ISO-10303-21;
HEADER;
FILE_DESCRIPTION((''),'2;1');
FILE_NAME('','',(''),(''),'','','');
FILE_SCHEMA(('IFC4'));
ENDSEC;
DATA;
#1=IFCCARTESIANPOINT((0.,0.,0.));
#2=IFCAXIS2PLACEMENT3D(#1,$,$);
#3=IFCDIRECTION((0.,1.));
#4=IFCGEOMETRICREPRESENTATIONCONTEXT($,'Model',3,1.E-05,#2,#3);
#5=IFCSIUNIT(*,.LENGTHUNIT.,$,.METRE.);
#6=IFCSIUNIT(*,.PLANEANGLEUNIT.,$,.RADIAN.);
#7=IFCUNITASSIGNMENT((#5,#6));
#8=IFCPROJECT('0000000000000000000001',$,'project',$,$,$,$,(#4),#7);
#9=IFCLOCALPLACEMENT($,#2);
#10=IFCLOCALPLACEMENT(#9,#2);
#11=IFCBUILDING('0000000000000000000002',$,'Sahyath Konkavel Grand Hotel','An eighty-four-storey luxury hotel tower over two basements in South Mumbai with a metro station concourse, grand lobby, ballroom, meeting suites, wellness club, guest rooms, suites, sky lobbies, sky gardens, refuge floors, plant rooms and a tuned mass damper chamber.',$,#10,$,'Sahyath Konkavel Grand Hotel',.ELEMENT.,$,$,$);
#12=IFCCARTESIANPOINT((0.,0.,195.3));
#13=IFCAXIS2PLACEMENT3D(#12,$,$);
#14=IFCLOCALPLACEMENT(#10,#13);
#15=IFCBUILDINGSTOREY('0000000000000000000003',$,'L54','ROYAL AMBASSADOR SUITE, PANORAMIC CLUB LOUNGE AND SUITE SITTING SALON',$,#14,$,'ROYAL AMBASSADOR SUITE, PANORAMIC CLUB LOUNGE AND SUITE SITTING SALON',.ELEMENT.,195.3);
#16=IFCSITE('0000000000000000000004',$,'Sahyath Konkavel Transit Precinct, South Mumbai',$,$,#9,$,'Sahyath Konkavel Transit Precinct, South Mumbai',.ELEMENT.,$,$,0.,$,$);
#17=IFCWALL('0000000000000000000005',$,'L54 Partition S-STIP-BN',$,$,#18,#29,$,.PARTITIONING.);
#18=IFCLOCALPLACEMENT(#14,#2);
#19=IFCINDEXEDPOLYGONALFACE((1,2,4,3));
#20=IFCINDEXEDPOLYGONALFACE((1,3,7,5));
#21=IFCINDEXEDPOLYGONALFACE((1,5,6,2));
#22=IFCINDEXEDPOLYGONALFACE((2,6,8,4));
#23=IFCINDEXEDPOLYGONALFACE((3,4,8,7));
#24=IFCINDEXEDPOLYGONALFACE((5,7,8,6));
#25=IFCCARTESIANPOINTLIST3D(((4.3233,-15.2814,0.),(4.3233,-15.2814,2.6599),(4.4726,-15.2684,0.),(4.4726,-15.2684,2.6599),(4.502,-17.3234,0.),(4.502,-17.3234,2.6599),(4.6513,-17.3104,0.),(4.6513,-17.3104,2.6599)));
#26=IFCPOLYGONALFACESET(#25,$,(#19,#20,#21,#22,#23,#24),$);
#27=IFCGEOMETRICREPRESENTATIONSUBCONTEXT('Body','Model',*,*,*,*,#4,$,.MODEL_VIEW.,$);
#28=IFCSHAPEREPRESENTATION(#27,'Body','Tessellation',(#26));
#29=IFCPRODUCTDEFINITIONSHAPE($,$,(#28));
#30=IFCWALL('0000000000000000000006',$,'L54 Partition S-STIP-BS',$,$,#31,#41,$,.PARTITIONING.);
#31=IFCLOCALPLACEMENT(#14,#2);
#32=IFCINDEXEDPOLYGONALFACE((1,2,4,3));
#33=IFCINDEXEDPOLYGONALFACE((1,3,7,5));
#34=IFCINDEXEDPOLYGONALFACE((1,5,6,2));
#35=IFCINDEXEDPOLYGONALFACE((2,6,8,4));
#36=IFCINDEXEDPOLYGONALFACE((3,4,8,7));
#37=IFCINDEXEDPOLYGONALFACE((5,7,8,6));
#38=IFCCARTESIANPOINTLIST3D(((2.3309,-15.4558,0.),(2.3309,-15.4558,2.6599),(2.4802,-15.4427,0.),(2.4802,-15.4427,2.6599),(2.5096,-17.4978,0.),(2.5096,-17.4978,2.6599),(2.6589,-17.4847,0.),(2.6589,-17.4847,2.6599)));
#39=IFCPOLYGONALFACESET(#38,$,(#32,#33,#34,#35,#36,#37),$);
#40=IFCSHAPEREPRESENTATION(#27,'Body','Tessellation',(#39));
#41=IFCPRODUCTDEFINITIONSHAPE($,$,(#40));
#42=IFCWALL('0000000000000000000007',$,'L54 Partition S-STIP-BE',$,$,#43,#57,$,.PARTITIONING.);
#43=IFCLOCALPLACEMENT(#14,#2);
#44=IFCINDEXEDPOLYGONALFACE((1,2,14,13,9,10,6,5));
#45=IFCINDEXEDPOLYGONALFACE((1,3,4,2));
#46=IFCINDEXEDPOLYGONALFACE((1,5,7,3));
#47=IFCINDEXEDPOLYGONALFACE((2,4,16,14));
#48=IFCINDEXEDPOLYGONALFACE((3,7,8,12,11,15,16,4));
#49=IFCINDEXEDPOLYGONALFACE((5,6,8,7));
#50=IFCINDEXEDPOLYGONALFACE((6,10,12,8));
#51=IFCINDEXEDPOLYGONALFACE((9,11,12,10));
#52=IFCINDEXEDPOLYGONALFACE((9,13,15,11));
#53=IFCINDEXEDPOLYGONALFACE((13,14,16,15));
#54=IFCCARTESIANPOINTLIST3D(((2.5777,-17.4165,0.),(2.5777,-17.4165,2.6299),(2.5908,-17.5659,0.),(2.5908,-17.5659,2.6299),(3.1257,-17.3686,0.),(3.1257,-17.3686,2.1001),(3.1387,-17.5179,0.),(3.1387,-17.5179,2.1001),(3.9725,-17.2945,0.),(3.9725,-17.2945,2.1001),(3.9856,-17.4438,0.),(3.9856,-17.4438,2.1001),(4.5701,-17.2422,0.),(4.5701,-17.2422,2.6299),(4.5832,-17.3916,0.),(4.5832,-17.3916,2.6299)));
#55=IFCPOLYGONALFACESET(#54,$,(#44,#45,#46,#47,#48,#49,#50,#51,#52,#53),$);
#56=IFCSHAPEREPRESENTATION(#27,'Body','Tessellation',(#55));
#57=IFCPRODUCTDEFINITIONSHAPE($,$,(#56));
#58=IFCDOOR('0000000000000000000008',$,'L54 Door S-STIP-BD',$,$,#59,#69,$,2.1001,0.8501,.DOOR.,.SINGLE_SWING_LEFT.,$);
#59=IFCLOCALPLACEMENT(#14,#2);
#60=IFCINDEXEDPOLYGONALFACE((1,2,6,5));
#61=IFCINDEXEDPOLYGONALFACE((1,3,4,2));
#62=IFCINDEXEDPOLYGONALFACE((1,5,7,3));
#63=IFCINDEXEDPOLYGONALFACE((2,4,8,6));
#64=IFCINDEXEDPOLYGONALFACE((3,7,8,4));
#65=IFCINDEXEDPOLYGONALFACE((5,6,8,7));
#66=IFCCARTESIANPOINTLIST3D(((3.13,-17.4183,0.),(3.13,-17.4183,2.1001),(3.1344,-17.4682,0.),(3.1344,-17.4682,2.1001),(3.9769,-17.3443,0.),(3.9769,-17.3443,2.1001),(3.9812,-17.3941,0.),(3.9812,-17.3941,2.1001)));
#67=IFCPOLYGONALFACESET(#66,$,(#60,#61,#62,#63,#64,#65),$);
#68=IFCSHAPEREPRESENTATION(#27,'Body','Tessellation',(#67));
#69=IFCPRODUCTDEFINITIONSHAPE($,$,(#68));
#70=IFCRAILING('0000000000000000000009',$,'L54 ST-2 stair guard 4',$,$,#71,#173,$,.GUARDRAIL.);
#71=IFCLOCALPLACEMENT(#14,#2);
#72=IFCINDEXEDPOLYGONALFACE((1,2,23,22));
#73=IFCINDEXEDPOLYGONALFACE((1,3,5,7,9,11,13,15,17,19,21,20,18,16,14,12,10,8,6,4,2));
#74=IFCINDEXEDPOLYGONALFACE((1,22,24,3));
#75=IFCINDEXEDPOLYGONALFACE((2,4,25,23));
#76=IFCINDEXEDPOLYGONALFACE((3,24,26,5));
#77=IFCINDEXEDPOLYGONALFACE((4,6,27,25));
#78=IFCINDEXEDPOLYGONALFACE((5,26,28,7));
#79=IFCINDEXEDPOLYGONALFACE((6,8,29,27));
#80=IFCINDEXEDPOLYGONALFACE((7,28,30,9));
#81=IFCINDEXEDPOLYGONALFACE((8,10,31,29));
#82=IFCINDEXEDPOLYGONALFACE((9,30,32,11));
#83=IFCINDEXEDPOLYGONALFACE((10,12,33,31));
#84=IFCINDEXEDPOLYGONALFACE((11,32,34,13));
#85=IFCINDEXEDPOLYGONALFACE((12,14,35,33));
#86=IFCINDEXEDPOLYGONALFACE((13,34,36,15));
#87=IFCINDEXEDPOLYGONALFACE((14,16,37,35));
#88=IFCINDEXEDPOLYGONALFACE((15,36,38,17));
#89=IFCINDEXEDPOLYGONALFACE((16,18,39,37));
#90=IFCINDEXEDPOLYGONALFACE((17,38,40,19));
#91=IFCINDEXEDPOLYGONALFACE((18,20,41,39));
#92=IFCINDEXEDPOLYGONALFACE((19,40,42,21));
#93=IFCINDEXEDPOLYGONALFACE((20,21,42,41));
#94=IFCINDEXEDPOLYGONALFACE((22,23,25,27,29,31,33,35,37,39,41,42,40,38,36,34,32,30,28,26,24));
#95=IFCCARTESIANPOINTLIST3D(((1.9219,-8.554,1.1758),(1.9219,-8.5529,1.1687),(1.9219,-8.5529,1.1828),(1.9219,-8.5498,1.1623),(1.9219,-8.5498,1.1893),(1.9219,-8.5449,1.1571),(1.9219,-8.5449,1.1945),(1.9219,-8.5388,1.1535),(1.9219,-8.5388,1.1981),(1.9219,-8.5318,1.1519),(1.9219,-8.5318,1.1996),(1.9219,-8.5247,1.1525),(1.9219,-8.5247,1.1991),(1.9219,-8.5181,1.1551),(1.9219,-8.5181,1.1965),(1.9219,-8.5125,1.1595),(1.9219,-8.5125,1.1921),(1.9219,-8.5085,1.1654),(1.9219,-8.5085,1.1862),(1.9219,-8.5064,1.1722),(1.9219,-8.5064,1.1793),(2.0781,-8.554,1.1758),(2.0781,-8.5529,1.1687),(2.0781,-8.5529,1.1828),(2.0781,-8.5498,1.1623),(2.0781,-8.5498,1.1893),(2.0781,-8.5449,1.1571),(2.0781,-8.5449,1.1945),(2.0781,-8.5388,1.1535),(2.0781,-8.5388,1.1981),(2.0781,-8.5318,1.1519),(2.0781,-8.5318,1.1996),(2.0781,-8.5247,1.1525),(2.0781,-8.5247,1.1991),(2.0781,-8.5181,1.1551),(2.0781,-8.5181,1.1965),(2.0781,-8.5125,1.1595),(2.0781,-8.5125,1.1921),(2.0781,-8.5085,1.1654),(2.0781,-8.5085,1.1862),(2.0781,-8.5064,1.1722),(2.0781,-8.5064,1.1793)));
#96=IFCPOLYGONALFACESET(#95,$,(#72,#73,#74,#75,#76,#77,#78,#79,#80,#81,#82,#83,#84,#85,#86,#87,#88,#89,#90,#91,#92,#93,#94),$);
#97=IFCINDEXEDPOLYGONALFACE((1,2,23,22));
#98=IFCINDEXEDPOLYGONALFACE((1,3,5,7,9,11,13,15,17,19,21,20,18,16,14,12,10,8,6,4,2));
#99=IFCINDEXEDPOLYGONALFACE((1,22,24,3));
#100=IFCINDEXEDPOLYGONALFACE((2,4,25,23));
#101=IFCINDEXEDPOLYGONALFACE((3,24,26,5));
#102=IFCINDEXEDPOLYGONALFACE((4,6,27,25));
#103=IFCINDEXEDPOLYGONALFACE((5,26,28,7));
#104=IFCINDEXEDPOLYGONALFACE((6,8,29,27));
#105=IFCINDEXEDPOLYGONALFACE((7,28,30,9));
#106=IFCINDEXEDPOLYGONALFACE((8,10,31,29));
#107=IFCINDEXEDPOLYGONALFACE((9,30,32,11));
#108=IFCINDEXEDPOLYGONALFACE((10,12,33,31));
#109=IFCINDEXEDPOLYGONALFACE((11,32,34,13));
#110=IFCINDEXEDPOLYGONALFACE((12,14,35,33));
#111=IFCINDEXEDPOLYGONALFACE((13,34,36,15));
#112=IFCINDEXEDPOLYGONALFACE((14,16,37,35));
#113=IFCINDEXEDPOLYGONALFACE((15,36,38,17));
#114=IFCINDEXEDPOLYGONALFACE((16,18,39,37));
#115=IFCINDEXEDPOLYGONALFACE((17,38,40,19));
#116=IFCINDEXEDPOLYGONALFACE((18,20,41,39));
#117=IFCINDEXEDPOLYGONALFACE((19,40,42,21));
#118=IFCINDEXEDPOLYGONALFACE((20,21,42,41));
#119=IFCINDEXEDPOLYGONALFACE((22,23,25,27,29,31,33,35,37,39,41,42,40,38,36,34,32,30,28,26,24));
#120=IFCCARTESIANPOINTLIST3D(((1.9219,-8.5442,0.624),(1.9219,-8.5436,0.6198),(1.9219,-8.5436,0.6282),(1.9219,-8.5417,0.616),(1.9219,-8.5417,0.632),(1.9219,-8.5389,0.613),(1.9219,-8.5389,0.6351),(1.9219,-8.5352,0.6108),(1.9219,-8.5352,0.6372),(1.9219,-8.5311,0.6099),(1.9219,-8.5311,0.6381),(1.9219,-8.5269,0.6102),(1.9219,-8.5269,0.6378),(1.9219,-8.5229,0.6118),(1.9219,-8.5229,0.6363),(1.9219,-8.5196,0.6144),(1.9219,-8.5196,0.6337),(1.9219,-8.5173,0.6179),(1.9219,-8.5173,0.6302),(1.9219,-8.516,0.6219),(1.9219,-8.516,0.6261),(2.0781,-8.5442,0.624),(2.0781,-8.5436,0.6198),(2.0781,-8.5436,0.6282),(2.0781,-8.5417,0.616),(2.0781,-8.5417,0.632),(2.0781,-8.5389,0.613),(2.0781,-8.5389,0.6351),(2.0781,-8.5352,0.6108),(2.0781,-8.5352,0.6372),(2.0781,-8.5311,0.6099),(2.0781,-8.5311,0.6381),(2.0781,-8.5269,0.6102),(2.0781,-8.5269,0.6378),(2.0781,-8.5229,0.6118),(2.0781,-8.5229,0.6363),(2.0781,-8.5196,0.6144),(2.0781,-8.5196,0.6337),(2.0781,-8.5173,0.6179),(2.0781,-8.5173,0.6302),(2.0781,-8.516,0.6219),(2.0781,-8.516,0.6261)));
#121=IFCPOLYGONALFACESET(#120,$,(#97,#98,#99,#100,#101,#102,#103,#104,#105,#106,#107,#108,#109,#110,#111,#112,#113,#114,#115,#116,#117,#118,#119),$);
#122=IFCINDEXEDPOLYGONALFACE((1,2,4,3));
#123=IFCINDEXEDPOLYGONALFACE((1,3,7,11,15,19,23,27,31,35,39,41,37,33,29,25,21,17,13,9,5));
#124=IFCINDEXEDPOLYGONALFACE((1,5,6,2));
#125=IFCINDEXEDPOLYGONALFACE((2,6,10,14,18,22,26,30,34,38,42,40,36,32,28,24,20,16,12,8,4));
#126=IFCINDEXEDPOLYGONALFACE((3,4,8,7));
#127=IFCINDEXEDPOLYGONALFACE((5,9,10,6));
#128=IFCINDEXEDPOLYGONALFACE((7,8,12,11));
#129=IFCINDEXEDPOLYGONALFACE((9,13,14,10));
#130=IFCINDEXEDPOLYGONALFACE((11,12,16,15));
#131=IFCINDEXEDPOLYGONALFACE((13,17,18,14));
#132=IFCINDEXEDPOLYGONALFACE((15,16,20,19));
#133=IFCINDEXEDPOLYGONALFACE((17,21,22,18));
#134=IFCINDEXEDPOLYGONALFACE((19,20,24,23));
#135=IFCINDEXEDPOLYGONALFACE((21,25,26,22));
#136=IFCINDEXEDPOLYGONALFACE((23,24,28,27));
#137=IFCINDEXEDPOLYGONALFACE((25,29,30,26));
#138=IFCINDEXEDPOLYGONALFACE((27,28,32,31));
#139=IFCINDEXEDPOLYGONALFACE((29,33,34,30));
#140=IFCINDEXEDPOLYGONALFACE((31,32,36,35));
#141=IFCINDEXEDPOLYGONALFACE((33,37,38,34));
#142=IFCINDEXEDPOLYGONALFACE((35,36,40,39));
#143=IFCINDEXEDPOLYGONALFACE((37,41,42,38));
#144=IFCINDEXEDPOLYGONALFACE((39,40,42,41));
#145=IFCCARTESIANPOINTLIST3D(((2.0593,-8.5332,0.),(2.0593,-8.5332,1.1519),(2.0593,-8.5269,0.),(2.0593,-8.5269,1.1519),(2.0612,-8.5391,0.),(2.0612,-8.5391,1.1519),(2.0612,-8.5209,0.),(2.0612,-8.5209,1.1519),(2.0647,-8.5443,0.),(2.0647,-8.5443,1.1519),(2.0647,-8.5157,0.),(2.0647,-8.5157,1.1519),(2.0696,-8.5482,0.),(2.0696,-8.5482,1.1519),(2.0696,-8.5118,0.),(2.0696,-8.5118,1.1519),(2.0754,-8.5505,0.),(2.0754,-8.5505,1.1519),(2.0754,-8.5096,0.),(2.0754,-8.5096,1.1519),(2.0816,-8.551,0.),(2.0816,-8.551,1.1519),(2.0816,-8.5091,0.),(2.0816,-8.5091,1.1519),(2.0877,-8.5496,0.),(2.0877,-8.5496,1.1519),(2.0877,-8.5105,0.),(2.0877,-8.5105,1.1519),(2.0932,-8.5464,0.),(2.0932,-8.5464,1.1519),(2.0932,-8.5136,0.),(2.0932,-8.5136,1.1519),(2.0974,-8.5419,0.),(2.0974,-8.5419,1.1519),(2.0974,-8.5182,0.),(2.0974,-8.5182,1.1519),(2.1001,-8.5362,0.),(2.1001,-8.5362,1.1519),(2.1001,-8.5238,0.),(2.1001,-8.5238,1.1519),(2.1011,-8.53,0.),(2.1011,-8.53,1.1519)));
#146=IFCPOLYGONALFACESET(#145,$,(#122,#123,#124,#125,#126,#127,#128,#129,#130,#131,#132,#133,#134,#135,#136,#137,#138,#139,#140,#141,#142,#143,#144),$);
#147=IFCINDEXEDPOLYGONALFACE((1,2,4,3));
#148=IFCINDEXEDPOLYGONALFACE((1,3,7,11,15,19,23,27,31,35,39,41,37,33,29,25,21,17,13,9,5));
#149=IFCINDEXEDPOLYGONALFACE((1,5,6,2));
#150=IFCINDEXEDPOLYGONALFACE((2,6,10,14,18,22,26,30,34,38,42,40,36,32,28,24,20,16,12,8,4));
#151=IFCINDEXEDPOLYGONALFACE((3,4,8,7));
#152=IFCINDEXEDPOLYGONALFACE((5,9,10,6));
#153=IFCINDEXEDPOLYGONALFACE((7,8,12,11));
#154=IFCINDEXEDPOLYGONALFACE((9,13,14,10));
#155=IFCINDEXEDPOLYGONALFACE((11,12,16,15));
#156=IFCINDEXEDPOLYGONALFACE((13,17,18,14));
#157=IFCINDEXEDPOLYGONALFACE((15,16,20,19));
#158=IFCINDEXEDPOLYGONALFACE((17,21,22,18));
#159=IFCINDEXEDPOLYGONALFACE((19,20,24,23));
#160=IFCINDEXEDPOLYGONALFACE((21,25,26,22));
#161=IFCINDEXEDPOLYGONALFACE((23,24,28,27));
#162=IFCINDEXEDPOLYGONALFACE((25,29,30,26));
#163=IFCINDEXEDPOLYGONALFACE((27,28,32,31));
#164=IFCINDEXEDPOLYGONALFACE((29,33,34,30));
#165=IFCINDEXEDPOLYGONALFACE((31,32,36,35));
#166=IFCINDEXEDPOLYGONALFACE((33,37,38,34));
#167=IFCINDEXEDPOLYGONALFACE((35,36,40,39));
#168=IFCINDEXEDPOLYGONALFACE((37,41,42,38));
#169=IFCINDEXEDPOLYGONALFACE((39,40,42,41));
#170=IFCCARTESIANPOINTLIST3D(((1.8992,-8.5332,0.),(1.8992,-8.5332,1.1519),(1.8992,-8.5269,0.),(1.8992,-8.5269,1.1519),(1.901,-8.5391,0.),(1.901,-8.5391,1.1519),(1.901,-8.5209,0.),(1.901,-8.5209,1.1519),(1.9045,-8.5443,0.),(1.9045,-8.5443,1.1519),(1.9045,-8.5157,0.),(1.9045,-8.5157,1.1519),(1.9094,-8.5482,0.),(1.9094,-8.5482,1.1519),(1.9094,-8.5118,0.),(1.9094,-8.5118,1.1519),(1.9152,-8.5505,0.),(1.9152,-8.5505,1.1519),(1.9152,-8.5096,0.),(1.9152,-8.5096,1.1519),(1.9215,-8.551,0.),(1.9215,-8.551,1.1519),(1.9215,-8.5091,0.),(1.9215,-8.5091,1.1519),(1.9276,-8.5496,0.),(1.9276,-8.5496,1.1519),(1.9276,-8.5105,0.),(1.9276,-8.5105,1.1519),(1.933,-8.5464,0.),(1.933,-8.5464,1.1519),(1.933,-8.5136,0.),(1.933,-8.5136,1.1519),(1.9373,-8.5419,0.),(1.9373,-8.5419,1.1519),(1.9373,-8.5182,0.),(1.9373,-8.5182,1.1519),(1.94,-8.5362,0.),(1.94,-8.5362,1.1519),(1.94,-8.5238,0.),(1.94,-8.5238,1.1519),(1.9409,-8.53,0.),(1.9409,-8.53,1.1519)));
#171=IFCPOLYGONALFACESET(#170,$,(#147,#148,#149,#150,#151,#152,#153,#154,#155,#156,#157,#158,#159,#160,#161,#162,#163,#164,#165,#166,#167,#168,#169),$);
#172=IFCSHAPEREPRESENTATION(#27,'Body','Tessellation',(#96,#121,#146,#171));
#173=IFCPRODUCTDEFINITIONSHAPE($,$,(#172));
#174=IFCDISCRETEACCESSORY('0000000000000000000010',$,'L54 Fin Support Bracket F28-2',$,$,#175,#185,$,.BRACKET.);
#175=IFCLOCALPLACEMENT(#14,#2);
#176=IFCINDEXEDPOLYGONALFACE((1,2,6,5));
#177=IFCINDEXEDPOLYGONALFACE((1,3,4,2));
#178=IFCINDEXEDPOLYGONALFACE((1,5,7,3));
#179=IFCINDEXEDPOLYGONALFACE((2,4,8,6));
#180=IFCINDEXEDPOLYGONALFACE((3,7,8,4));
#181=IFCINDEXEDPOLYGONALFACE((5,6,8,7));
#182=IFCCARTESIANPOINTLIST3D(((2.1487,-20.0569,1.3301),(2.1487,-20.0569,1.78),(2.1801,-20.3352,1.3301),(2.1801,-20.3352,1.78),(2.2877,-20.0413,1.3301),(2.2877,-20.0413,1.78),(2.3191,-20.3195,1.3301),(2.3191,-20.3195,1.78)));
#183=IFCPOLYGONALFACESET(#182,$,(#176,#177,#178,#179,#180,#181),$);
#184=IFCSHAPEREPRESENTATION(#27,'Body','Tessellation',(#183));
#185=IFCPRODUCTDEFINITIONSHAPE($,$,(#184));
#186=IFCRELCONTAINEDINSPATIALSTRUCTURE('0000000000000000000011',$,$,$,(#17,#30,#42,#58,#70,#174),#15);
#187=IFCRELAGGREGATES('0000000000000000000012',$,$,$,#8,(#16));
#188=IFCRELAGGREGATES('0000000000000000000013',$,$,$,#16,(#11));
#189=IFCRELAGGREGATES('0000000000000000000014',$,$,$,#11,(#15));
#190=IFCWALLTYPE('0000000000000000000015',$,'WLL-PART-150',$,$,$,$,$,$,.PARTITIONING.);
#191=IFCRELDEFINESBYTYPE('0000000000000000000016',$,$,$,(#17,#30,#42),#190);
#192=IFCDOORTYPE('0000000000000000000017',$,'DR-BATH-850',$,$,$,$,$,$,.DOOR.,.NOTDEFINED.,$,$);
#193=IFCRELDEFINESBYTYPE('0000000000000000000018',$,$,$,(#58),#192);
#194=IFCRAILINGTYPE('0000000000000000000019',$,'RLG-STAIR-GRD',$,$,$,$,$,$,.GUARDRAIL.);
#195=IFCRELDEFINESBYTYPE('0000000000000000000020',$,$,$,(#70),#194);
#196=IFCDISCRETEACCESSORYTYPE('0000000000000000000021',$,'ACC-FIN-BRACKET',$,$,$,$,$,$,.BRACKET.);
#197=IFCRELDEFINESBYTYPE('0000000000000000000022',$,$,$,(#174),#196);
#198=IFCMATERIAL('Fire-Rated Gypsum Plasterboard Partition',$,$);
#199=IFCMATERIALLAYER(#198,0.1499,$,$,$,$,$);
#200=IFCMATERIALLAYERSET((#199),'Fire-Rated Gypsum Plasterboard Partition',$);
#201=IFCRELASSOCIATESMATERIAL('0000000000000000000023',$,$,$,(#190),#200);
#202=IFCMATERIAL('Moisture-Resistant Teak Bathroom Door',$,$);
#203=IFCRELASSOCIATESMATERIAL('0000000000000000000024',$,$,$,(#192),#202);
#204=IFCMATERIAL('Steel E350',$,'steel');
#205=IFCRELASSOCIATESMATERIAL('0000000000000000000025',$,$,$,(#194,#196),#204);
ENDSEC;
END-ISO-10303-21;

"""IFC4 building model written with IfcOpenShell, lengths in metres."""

from ifc_helpers import new_model, si_unit, direction, frame, frame_2d, origin, origin_2d, place, context, subcontext, project, spatial, rectangle, circle, extrude, source, transform, mapped, material, layer, layer_set, type_object, element, fill, save


model = new_model("IFC4")

# Units and contexts
model_context = context("Model", 3, precision=1e-05, world=origin(), true_north=direction((0.0, 1.0)))
body_context = subcontext(model_context, "Body", "Model", "MODEL_VIEW")
ifc_project = project(units=[si_unit("LENGTHUNIT", "METRE"), si_unit("PLANEANGLEUNIT", "RADIAN")], contexts=[model_context])

# Site, building, storey
site_placement = place(None, origin())
site = spatial("IfcSite", under=ifc_project, at=site_placement, Name="Sahyath Konkavel Transit Precinct, South Mumbai", LongName="Sahyath Konkavel Transit Precinct, South Mumbai", CompositionType="ELEMENT", RefElevation=0.0)
building_placement = place(site_placement, origin())
building = spatial("IfcBuilding", under=site, at=building_placement, Name="Sahyath Konkavel Grand Hotel", Description="An eighty-four-storey luxury hotel tower over two basements in South Mumbai with a metro station concourse, grand lobby, ballroom, meeting suites, wellness club, guest rooms, suites, sky lobbies, sky gardens, refuge floors, plant rooms and a tuned mass damper chamber.", LongName="Sahyath Konkavel Grand Hotel", CompositionType="ELEMENT")
storey_placement = place(building_placement, frame((0.0, 0.0, 195.3)))
storey = spatial("IfcBuildingStorey", under=building, at=storey_placement, Name="L54", Description="ROYAL AMBASSADOR SUITE, PANORAMIC CLUB LOUNGE AND SUITE SITTING SALON", LongName="ROYAL AMBASSADOR SUITE, PANORAMIC CLUB LOUNGE AND SUITE SITTING SALON", CompositionType="ELEMENT", Elevation=195.3)

# Shared definitions
ifc_material_1 = material(Name="Steel E350", Category="steel")

# Walls
ifc_material_2 = material(Name="Fire-Rated Gypsum Plasterboard Partition")
ifc_layer_1 = layer(ifc_material_2, 0.1499)
ifc_layer_set_1 = layer_set([ifc_layer_1], Name="Fire-Rated Gypsum Plasterboard Partition")
wall_type_1 = type_object("IfcWallType", Name="WLL-PART-150", PredefinedType="PARTITIONING", material=ifc_layer_set_1)
for number, where, z_axis, x_axis, name in (
    (1, (4.3979, -15.2749, 0.0), (0.0, 0.0, 1.0), (0.087185, -0.996192, 0.0), "L54 Partition S-STIP-BN"),
    (2, (2.4055, -15.4492, 0.0), (0.0, 0.0, 1.0), (0.087185, -0.996192, 0.0), "L54 Partition S-STIP-BS"),
):
    element("IfcWall", number, at=place(storey_placement, frame(where, z_axis=z_axis, x_axis=x_axis)), inside=storey, type_object=wall_type_1, Name=name, PredefinedType="PARTITIONING", context=body_context, shape_type="SweptSolid", body=[
        extrude(rectangle(XDim=2.0498, YDim=0.1499, at=frame_2d((1.0249, 0.0))), origin(), (0.0, 0.0, 1.0), 2.6599),
    ])

# Wall, opening, door
wall_1_placement = place(storey_placement, frame((2.5842, -17.4912, 0.0), z_axis=(0.0, 0.0, 1.0), x_axis=(0.996195, 0.087156, 0.0)))
wall_1 = element("IfcWall", 3, at=wall_1_placement, inside=storey, type_object=wall_type_1, Name="L54 Partition S-STIP-BE", PredefinedType="PARTITIONING", context=body_context, shape_type="SweptSolid", body=[
    extrude(rectangle(XDim=2.0, YDim=0.1499, at=frame_2d((1.0, 0.0))), origin(), (0.0, 0.0, 1.0), 2.6299),
])
opening_1_placement = place(wall_1_placement, frame((0.55, 0.0, 0.0)))
opening_1 = element("IfcOpeningElement", 4, at=opening_1_placement, cuts=wall_1, PredefinedType="OPENING", context=body_context, shape_type="SweptSolid", body=[
    extrude(rectangle(XDim=0.8501, YDim=2.1001, at=frame_2d((0.425, 1.05))), frame((0.0, 0.085, 0.0), z_axis=(0.0, -1.0, 0.0), x_axis=(1.0, 0.0, 0.0)), (0.0, 0.0, 1.0), 0.1699),
])
ifc_material_3 = material(Name="Moisture-Resistant Teak Bathroom Door")
door_type_1 = type_object("IfcDoorType", Name="DR-BATH-850", OperationType="NOTDEFINED", PredefinedType="DOOR", material=ifc_material_3)
shared_shape_1 = source(origin(), body_context, "Body", "SweptSolid", [
    extrude(rectangle(XDim=0.8501, YDim=0.05, at=origin_2d()), origin(), (0.0, 0.0, 1.0), 2.1001),
])
door_1_placement = place(opening_1_placement, frame((0.425, 0.0, 0.0)))
door_1 = element("IfcDoor", 5, at=door_1_placement, inside=storey, type_object=door_type_1, Name="L54 Door S-STIP-BD", OperationType="SINGLE_SWING_LEFT", OverallHeight=2.1001, OverallWidth=0.8501, PredefinedType="DOOR", context=body_context, shape_type="MappedRepresentation", body=[
    mapped(shared_shape_1, transform((0.0, 0.0, 0.0), scale=1.0)),
])
fill(opening_1, door_1)

# Railing
railing_type = type_object("IfcRailingType", Name="RLG-STAIR-GRD", PredefinedType="GUARDRAIL", material=ifc_material_1)
railing_placement = place(storey_placement, frame((2.0801, -8.53, 0.0)))
element("IfcRailing", 6, at=railing_placement, inside=storey, type_object=railing_type, Name="L54 ST-2 stair guard 4", PredefinedType="GUARDRAIL", context=body_context, shape_type="SweptSolid", body=[
    extrude(circle(Radius=0.0239, at=origin_2d()), frame((-0.002, 0.0, 1.1758), z_axis=(-1.0, 0.0, 0.0), x_axis=(0.0, -1.0, 0.0)), (0.0, 0.0, 1.0), 0.1562),
    extrude(circle(Radius=0.0142, at=origin_2d()), frame((-0.002, 0.0, 0.624), z_axis=(-1.0, 0.0, 0.0), x_axis=(0.0, -1.0, 0.0)), (0.0, 0.0, 1.0), 0.1562),
    extrude(circle(Radius=0.021, at=origin_2d()), origin(), (0.0, 0.0, 1.0), 1.1519),
    extrude(circle(Radius=0.021, at=origin_2d()), frame((-0.1602, 0.0, 0.0)), (0.0, 0.0, 1.0), 1.1519),
])

# Discrete accessory
discrete_accessory_type = type_object("IfcDiscreteAccessoryType", Name="ACC-FIN-BRACKET", PredefinedType="BRACKET", material=ifc_material_1)
shared_shape_2 = source(origin(), body_context, "Body", "SweptSolid", [
    extrude(rectangle(XDim=0.28, YDim=0.1399, at=origin_2d()), origin(), (0.0, 0.0, 1.0), 0.45),
])
discrete_accessory_placement = place(storey_placement, frame((2.2339, -20.1882, 1.3301), z_axis=(0.0, 0.0, 1.0), x_axis=(0.112007, -0.993707, 0.0)))
element("IfcDiscreteAccessory", 7, at=discrete_accessory_placement, inside=storey, type_object=discrete_accessory_type, Name="L54 Fin Support Bracket F28-2", PredefinedType="BRACKET", context=body_context, shape_type="MappedRepresentation", body=[
    mapped(shared_shape_2, transform((0.0, 0.0, 0.0), scale=1.0)),
])

save(model, "model.ifc")
